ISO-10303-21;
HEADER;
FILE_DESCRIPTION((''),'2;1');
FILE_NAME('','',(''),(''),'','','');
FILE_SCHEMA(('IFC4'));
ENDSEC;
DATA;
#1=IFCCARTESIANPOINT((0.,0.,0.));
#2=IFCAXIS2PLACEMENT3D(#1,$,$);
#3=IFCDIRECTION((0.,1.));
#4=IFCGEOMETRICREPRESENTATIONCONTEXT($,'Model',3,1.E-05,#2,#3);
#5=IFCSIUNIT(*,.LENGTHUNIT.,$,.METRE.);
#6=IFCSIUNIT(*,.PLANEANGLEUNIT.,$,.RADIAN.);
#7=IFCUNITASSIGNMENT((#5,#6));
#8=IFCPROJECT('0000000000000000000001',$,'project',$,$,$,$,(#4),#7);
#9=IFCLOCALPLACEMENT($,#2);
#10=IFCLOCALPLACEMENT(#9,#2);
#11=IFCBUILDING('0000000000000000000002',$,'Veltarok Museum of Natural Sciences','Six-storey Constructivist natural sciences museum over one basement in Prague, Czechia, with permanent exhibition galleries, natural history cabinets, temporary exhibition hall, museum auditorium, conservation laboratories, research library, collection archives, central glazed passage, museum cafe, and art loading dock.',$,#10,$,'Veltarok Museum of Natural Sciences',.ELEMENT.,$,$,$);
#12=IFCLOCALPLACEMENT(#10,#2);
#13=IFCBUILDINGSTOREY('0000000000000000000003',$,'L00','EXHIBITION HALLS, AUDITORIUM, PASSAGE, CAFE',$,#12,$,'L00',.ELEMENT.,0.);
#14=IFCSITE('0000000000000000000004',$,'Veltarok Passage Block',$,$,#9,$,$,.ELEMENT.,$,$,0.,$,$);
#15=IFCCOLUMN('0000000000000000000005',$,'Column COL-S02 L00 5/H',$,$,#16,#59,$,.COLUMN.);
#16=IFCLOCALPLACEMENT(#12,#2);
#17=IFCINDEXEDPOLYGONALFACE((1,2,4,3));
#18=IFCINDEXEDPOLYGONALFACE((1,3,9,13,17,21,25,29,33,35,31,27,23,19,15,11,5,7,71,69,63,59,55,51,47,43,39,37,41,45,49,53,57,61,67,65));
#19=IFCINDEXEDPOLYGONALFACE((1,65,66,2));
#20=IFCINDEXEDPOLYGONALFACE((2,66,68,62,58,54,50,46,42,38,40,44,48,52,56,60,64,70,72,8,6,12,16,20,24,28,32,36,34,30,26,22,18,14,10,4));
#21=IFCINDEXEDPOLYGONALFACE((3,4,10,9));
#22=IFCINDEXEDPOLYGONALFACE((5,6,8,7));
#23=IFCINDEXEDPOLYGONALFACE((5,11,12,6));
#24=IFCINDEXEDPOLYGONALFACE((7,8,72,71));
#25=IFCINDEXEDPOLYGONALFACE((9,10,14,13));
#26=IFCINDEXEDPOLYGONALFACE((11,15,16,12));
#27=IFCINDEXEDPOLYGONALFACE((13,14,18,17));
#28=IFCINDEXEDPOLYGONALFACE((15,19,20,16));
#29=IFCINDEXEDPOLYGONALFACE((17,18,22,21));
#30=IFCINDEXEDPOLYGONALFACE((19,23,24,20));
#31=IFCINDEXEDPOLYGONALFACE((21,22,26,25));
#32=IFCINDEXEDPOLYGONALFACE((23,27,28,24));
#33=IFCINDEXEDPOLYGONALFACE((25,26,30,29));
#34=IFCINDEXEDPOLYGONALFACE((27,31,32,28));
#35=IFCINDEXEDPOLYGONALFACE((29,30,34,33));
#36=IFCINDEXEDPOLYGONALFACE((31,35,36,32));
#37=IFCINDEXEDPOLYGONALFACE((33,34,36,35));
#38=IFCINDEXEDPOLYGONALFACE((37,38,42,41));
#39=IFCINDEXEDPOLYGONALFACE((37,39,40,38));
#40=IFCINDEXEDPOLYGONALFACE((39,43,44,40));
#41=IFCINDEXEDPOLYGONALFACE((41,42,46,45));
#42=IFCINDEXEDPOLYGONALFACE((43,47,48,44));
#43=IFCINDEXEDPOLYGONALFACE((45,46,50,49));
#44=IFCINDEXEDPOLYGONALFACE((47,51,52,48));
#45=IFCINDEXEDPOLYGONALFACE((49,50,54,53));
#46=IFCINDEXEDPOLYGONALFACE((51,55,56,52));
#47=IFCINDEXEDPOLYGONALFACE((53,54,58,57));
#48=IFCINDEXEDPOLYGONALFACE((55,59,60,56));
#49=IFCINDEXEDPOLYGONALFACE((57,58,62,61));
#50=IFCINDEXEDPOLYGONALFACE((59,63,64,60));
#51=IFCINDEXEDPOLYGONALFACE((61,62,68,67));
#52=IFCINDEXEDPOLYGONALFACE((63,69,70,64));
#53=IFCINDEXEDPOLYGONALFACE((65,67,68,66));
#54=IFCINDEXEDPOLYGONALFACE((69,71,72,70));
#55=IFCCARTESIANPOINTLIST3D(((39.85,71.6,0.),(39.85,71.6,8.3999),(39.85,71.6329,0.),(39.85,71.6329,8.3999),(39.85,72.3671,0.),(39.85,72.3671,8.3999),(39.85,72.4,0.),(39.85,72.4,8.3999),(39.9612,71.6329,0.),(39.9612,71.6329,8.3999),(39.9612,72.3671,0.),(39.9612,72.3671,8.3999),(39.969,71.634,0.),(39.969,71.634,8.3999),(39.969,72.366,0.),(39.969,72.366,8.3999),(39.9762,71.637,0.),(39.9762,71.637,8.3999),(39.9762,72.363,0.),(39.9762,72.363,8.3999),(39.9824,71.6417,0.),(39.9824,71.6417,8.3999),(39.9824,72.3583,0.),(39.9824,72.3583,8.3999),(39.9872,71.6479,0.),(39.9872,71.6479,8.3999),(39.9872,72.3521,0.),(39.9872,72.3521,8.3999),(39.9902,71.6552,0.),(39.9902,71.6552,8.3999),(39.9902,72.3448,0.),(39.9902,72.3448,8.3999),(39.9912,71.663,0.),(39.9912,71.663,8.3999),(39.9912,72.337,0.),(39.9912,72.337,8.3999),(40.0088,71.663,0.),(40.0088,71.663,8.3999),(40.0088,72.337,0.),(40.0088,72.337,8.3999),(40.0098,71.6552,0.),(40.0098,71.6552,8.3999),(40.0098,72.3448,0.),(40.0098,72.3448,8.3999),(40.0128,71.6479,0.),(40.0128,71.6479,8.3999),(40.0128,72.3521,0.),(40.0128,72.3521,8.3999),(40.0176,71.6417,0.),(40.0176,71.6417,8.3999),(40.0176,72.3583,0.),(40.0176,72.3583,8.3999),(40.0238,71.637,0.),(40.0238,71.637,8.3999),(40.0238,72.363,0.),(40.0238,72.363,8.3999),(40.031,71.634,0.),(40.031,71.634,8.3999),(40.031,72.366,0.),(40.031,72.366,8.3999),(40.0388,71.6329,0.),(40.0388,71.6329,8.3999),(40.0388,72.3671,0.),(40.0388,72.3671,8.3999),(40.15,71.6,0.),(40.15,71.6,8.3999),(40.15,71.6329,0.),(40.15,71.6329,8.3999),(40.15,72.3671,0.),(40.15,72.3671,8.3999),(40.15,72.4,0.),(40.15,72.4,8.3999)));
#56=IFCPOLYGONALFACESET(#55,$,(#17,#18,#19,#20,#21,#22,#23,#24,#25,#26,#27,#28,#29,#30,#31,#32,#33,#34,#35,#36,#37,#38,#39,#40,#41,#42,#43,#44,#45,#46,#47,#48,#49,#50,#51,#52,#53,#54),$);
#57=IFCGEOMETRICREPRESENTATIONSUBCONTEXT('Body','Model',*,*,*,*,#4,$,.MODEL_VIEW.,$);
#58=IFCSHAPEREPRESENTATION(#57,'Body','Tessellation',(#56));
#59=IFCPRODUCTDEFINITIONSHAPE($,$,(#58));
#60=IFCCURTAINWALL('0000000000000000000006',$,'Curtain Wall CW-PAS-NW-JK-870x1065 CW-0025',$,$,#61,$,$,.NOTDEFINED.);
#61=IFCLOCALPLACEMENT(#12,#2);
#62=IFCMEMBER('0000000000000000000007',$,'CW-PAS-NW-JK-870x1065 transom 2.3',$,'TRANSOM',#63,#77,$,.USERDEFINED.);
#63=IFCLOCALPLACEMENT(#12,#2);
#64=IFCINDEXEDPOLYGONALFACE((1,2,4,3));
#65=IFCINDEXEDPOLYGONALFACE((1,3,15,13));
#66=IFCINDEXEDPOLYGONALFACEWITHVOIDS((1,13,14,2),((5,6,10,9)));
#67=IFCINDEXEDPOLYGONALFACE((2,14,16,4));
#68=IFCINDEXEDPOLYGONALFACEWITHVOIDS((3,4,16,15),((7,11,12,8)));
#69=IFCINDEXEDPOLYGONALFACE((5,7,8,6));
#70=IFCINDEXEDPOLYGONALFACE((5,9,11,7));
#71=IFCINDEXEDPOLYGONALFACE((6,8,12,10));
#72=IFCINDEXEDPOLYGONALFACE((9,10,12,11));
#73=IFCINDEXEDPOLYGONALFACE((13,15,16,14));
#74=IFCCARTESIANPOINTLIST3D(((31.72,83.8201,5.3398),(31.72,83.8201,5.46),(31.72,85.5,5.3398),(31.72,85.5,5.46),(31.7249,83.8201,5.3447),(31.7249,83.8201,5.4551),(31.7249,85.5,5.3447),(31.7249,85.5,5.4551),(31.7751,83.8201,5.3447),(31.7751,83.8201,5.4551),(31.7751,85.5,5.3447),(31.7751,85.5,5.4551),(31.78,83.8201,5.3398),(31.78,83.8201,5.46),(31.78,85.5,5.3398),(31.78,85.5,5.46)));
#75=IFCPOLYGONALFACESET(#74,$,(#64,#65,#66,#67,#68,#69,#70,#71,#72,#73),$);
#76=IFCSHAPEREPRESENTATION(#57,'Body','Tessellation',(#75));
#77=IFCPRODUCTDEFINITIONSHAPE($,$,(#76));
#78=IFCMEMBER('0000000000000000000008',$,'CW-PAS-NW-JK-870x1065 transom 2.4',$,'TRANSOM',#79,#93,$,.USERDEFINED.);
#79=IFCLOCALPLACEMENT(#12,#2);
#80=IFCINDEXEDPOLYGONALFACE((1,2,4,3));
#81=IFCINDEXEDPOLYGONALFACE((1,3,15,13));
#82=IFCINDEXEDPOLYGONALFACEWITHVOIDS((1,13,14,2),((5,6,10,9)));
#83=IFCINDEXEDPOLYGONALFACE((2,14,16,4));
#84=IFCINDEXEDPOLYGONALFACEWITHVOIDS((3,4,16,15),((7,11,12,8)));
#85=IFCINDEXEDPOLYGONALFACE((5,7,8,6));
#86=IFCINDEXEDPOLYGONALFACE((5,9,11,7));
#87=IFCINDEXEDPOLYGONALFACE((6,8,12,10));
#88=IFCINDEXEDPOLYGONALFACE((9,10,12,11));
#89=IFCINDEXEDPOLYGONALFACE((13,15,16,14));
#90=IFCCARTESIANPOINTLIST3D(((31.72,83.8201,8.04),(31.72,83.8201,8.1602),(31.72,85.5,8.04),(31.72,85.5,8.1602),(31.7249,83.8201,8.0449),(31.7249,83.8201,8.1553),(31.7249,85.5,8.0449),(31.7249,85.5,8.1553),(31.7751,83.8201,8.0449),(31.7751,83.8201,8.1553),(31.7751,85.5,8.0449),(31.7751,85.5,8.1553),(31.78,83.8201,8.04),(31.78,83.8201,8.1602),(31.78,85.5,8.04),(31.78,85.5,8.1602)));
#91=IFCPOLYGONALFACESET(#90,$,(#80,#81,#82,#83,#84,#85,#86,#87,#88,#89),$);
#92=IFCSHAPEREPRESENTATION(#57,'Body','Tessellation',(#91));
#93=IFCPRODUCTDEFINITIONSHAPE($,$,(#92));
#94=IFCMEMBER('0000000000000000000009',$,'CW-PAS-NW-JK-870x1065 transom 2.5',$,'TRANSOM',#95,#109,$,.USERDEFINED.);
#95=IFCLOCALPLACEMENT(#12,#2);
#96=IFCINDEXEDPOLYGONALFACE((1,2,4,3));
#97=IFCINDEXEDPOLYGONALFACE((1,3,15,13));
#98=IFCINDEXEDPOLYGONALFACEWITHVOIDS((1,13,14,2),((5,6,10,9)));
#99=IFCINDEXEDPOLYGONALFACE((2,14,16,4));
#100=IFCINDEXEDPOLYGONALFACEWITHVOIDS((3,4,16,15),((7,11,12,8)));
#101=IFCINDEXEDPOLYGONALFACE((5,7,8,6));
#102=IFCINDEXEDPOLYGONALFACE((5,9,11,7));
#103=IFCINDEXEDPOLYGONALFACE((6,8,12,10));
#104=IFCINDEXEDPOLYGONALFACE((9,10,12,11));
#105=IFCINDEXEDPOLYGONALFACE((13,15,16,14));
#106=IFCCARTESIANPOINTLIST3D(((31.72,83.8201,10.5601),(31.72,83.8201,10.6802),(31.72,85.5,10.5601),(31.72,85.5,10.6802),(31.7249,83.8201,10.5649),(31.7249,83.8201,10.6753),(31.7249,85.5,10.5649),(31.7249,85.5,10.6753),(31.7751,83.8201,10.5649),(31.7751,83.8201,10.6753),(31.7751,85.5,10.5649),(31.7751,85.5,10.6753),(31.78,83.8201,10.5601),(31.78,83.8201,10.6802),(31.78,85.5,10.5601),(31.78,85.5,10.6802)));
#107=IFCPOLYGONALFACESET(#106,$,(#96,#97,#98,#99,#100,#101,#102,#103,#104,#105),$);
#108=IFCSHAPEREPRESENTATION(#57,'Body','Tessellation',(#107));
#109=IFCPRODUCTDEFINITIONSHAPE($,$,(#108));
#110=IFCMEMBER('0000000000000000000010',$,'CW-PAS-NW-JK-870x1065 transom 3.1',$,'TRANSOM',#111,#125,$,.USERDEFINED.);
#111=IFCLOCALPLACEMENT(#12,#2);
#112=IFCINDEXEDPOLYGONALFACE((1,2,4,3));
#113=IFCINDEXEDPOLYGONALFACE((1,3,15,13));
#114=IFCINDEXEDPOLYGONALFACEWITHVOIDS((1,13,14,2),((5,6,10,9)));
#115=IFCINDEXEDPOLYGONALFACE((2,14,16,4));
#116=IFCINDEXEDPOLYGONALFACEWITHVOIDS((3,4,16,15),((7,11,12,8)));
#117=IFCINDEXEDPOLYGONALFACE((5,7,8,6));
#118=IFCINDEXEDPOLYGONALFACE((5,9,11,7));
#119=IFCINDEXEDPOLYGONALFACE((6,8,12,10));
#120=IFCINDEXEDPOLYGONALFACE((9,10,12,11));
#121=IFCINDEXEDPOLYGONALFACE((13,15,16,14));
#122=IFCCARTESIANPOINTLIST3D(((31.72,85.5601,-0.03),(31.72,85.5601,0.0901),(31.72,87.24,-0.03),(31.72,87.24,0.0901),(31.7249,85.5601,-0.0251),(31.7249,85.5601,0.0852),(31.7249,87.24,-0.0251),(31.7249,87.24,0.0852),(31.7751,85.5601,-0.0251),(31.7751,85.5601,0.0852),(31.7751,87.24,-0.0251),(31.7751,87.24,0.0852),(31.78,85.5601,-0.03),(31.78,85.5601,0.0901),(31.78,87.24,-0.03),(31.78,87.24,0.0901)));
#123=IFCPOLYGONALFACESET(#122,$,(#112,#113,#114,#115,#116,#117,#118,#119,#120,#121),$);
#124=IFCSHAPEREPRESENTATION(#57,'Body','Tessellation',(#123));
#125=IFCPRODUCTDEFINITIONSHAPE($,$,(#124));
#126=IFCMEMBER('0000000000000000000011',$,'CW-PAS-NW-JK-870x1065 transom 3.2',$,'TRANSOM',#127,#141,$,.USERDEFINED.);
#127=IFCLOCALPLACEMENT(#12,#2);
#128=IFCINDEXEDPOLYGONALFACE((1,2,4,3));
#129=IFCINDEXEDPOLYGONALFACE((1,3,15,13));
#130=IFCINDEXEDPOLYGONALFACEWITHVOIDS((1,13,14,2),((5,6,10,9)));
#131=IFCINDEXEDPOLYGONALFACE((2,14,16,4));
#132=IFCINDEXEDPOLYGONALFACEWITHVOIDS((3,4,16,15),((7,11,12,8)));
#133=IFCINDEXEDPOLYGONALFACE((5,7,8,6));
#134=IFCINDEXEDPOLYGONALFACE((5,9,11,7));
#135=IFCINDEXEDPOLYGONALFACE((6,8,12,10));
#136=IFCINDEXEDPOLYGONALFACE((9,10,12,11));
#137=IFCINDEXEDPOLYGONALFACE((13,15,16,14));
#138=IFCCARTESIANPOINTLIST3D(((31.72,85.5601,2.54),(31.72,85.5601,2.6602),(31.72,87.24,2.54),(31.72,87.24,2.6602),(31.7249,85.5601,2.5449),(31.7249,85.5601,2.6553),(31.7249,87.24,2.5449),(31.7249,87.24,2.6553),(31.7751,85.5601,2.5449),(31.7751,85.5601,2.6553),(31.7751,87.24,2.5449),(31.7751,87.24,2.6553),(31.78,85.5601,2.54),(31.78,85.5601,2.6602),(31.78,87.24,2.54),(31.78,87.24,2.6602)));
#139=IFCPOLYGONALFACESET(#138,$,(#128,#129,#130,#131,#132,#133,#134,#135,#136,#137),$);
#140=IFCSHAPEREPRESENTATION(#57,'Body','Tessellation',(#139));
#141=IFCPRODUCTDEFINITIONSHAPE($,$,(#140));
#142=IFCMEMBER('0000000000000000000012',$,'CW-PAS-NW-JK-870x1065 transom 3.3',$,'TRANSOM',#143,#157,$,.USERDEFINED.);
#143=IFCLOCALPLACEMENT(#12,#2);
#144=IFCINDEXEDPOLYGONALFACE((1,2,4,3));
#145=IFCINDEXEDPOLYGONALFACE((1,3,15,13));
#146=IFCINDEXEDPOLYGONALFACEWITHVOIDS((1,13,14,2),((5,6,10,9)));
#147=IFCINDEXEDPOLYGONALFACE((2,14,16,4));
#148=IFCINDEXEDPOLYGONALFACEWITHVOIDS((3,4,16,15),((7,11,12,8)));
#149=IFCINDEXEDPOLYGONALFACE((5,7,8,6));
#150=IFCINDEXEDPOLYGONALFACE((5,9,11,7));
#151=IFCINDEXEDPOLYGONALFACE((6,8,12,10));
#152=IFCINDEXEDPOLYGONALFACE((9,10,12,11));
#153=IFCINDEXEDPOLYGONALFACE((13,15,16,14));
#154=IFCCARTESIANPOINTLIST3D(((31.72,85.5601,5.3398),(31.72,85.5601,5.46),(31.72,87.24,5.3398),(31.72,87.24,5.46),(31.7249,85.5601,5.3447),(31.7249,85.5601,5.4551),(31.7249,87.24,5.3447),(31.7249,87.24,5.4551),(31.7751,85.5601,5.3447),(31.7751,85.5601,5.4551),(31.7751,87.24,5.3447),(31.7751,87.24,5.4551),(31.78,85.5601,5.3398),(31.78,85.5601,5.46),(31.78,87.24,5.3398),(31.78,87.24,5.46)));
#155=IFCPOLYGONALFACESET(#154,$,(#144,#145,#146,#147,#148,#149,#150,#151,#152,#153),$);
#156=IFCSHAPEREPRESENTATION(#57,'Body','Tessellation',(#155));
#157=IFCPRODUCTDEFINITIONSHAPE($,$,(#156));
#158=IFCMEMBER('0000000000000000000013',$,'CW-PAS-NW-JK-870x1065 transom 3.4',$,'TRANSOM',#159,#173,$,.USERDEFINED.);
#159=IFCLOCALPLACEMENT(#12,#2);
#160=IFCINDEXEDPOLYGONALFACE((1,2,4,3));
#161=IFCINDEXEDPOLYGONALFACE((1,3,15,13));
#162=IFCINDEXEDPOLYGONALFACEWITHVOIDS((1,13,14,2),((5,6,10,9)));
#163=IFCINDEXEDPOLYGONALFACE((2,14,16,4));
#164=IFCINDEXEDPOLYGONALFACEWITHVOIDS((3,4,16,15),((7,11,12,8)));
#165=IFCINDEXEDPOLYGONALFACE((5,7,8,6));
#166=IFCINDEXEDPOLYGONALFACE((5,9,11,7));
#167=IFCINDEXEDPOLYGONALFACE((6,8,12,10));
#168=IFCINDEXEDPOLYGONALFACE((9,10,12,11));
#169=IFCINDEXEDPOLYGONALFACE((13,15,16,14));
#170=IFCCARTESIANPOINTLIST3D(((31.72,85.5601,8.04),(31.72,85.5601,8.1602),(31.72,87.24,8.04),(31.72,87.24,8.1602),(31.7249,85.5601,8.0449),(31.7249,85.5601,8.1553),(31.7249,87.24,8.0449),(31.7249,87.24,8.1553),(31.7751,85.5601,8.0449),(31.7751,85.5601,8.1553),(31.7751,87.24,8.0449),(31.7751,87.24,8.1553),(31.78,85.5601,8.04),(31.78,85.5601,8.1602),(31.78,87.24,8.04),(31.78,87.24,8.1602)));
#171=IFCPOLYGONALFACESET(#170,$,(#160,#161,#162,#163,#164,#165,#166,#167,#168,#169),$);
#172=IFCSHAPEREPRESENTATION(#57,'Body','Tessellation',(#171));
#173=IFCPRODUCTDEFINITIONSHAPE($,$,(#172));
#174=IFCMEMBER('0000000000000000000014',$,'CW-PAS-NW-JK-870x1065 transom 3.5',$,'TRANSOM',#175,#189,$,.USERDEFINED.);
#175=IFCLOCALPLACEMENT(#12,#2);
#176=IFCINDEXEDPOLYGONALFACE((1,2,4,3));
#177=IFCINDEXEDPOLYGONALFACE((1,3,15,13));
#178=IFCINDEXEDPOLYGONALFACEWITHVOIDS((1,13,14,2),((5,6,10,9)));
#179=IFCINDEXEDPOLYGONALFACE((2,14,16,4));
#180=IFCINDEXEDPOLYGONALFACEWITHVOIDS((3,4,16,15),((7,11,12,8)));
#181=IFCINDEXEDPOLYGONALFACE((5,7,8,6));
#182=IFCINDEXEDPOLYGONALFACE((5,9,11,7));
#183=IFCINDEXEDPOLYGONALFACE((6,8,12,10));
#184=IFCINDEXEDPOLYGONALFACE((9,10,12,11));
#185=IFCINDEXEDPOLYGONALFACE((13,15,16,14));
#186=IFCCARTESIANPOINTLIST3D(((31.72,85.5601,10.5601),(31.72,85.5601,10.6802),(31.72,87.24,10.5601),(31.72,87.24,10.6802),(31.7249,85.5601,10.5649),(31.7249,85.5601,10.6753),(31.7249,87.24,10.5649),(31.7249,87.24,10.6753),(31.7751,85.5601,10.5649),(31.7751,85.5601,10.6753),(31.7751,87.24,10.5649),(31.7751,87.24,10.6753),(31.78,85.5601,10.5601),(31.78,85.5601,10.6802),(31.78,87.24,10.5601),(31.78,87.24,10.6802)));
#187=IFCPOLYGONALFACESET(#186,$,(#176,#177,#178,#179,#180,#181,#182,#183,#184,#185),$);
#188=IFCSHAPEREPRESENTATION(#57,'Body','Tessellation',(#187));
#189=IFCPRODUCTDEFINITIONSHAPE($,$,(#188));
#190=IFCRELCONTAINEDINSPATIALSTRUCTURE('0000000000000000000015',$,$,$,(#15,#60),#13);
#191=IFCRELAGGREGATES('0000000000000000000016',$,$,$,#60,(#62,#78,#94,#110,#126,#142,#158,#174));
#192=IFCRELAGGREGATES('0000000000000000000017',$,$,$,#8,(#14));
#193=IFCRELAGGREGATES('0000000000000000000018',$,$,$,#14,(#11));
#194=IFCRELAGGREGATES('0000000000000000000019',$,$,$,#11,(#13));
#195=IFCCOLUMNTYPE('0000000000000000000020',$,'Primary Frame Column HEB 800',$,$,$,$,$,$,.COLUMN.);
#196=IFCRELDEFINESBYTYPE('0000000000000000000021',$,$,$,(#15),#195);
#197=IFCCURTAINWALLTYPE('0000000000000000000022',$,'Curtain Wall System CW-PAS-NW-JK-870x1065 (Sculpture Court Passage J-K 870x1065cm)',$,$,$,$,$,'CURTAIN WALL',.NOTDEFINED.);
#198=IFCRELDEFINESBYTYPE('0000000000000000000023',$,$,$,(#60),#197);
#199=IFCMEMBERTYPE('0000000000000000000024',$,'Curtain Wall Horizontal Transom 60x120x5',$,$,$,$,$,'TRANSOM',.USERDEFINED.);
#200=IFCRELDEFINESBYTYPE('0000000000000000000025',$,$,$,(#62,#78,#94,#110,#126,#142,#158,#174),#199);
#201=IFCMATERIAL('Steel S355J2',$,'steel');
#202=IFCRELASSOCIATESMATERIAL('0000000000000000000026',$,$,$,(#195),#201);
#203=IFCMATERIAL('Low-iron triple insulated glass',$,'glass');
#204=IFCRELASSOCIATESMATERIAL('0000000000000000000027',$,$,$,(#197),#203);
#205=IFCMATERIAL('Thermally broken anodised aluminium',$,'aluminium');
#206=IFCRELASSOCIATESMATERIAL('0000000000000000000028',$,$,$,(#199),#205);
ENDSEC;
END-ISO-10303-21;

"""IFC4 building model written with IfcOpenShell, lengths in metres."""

from ifc_helpers import new_model, si_unit, direction, frame, origin, origin_2d, place, context, subcontext, project, spatial, hollow_rectangle, i_section, extrude, material, material_profile, profile_set, type_object, element, aggregate, save


model = new_model("IFC4")

# Units and contexts
model_context = context("Model", 3, precision=1e-05, world=origin(), true_north=direction((0.0, 1.0)))
body_context = subcontext(model_context, "Body", "Model", "MODEL_VIEW")
ifc_project = project(units=[si_unit("LENGTHUNIT", "METRE"), si_unit("PLANEANGLEUNIT", "RADIAN")], contexts=[model_context])

# Site, building, storey
site_placement = place(None, origin())
site = spatial("IfcSite", under=ifc_project, at=site_placement, Name="Veltarok Passage Block", CompositionType="ELEMENT", RefElevation=0.0)
building_placement = place(site_placement, origin())
building = spatial("IfcBuilding", under=site, at=building_placement, Name="Veltarok Museum of Natural Sciences", Description="Six-storey Constructivist natural sciences museum over one basement in Prague, Czechia, with permanent exhibition galleries, natural history cabinets, temporary exhibition hall, museum auditorium, conservation laboratories, research library, collection archives, central glazed passage, museum cafe, and art loading dock.", LongName="Veltarok Museum of Natural Sciences", CompositionType="ELEMENT")
storey_placement = place(building_placement, origin())
storey = spatial("IfcBuildingStorey", under=building, at=storey_placement, Name="L00", Description="EXHIBITION HALLS, AUDITORIUM, PASSAGE, CAFE", LongName="L00", CompositionType="ELEMENT", Elevation=0.0)

# Column
ifc_material_1 = material(Name="Steel S355J2", Category="steel")
ifc_material_profile_1 = material_profile(ifc_material_1, i_section(OverallWidth=0.3, OverallDepth=0.8, WebThickness=0.0176, FlangeThickness=0.033, FilletRadius=0.03, at=origin_2d()), Name="HEB 800")
ifc_profile_set_1 = profile_set([ifc_material_profile_1], Name="Steel S355J2")
column_type = type_object("IfcColumnType", Name="Primary Frame Column HEB 800", PredefinedType="COLUMN", material=ifc_profile_set_1)
column_placement = place(storey_placement, frame((40.0, 72.0, 0.0), z_axis=(0.0, 0.0, 1.0), x_axis=(1.0, 0.0, 0.0)))
element("IfcColumn", 1, at=column_placement, inside=storey, type_object=column_type, Name="Column COL-S02 L00 5/H", PredefinedType="COLUMN", context=body_context, shape_type="SweptSolid", body=[
    extrude(i_section(OverallWidth=0.3, OverallDepth=0.8, WebThickness=0.0176, FlangeThickness=0.033, FilletRadius=0.03, at=origin_2d()), origin(), (0.0, 0.0, 1.0), 8.3999),
])

# Curtain wall, members
ifc_material_2 = material(Name="Low-iron triple insulated glass", Category="glass")
curtain_wall_type_1 = type_object("IfcCurtainWallType", Name="Curtain Wall System CW-PAS-NW-JK-870x1065 (Sculpture Court Passage J-K 870x1065cm)", ElementType="CURTAIN WALL", PredefinedType="NOTDEFINED", material=ifc_material_2)
curtain_wall_1_placement = place(storey_placement, origin())
curtain_wall_1 = element("IfcCurtainWall", 2, at=curtain_wall_1_placement, inside=storey, type_object=curtain_wall_type_1, Name="Curtain Wall CW-PAS-NW-JK-870x1065 CW-0025", PredefinedType="NOTDEFINED")
ifc_material_3 = material(Name="Thermally broken anodised aluminium", Category="aluminium")
ifc_material_profile_2 = material_profile(ifc_material_3, hollow_rectangle(XDim=0.0601, YDim=0.1201, WallThickness=0.0049, at=origin_2d()), Name="CW TRANSOM 60x120x5")
ifc_profile_set_2 = profile_set([ifc_material_profile_2], Name="Thermally broken anodised aluminium")
member_type_1 = type_object("IfcMemberType", Name="Curtain Wall Horizontal Transom 60x120x5", ElementType="TRANSOM", PredefinedType="USERDEFINED", material=ifc_profile_set_2)
member_1_placement = place(storey_placement, frame((31.75, 83.8201, 5.3999), z_axis=(0.0, 1.0, 0.0), x_axis=(-1.0, 0.0, 0.0)))
member_1 = element("IfcMember", 3, at=member_1_placement, type_object=member_type_1, Name="CW-PAS-NW-JK-870x1065 transom 2.3", ObjectType="TRANSOM", PredefinedType="USERDEFINED", context=body_context, shape_type="SweptSolid", body=[
    extrude(hollow_rectangle(XDim=0.0601, YDim=0.1201, WallThickness=0.0049, at=origin_2d()), origin(), (0.0, 0.0, 1.0), 1.6799),
])
member_2_placement = place(storey_placement, frame((31.75, 83.8201, 8.1001), z_axis=(0.0, 1.0, 0.0), x_axis=(-1.0, 0.0, 0.0)))
member_2 = element("IfcMember", 4, at=member_2_placement, type_object=member_type_1, Name="CW-PAS-NW-JK-870x1065 transom 2.4", ObjectType="TRANSOM", PredefinedType="USERDEFINED", context=body_context, shape_type="SweptSolid", body=[
    extrude(hollow_rectangle(XDim=0.0601, YDim=0.1201, WallThickness=0.0049, at=origin_2d()), origin(), (0.0, 0.0, 1.0), 1.6799),
])
member_3_placement = place(storey_placement, frame((31.75, 83.8201, 10.6201), z_axis=(0.0, 1.0, 0.0), x_axis=(-1.0, 0.0, 0.0)))
member_3 = element("IfcMember", 5, at=member_3_placement, type_object=member_type_1, Name="CW-PAS-NW-JK-870x1065 transom 2.5", ObjectType="TRANSOM", PredefinedType="USERDEFINED", context=body_context, shape_type="SweptSolid", body=[
    extrude(hollow_rectangle(XDim=0.0601, YDim=0.1201, WallThickness=0.0049, at=origin_2d()), origin(), (0.0, 0.0, 1.0), 1.6799),
])
member_4_placement = place(storey_placement, frame((31.75, 85.5601, 0.03), z_axis=(0.0, 1.0, 0.0), x_axis=(-1.0, 0.0, 0.0)))
member_4 = element("IfcMember", 6, at=member_4_placement, type_object=member_type_1, Name="CW-PAS-NW-JK-870x1065 transom 3.1", ObjectType="TRANSOM", PredefinedType="USERDEFINED", context=body_context, shape_type="SweptSolid", body=[
    extrude(hollow_rectangle(XDim=0.0601, YDim=0.1201, WallThickness=0.0049, at=origin_2d()), origin(), (0.0, 0.0, 1.0), 1.6799),
])
member_5_placement = place(storey_placement, frame((31.75, 85.5601, 2.6001), z_axis=(0.0, 1.0, 0.0), x_axis=(-1.0, 0.0, 0.0)))
member_5 = element("IfcMember", 7, at=member_5_placement, type_object=member_type_1, Name="CW-PAS-NW-JK-870x1065 transom 3.2", ObjectType="TRANSOM", PredefinedType="USERDEFINED", context=body_context, shape_type="SweptSolid", body=[
    extrude(hollow_rectangle(XDim=0.0601, YDim=0.1201, WallThickness=0.0049, at=origin_2d()), origin(), (0.0, 0.0, 1.0), 1.6799),
])
member_6_placement = place(storey_placement, frame((31.75, 85.5601, 5.3999), z_axis=(0.0, 1.0, 0.0), x_axis=(-1.0, 0.0, 0.0)))
member_6 = element("IfcMember", 8, at=member_6_placement, type_object=member_type_1, Name="CW-PAS-NW-JK-870x1065 transom 3.3", ObjectType="TRANSOM", PredefinedType="USERDEFINED", context=body_context, shape_type="SweptSolid", body=[
    extrude(hollow_rectangle(XDim=0.0601, YDim=0.1201, WallThickness=0.0049, at=origin_2d()), origin(), (0.0, 0.0, 1.0), 1.6799),
])
member_7_placement = place(storey_placement, frame((31.75, 85.5601, 8.1001), z_axis=(0.0, 1.0, 0.0), x_axis=(-1.0, 0.0, 0.0)))
member_7 = element("IfcMember", 9, at=member_7_placement, type_object=member_type_1, Name="CW-PAS-NW-JK-870x1065 transom 3.4", ObjectType="TRANSOM", PredefinedType="USERDEFINED", context=body_context, shape_type="SweptSolid", body=[
    extrude(hollow_rectangle(XDim=0.0601, YDim=0.1201, WallThickness=0.0049, at=origin_2d()), origin(), (0.0, 0.0, 1.0), 1.6799),
])
member_8_placement = place(storey_placement, frame((31.75, 85.5601, 10.6201), z_axis=(0.0, 1.0, 0.0), x_axis=(-1.0, 0.0, 0.0)))
member_8 = element("IfcMember", 10, at=member_8_placement, type_object=member_type_1, Name="CW-PAS-NW-JK-870x1065 transom 3.5", ObjectType="TRANSOM", PredefinedType="USERDEFINED", context=body_context, shape_type="SweptSolid", body=[
    extrude(hollow_rectangle(XDim=0.0601, YDim=0.1201, WallThickness=0.0049, at=origin_2d()), origin(), (0.0, 0.0, 1.0), 1.6799),
])

aggregate(curtain_wall_1, [member_1, member_2, member_3, member_4, member_5, member_6, member_7, member_8])

save(model, "model.ifc")
